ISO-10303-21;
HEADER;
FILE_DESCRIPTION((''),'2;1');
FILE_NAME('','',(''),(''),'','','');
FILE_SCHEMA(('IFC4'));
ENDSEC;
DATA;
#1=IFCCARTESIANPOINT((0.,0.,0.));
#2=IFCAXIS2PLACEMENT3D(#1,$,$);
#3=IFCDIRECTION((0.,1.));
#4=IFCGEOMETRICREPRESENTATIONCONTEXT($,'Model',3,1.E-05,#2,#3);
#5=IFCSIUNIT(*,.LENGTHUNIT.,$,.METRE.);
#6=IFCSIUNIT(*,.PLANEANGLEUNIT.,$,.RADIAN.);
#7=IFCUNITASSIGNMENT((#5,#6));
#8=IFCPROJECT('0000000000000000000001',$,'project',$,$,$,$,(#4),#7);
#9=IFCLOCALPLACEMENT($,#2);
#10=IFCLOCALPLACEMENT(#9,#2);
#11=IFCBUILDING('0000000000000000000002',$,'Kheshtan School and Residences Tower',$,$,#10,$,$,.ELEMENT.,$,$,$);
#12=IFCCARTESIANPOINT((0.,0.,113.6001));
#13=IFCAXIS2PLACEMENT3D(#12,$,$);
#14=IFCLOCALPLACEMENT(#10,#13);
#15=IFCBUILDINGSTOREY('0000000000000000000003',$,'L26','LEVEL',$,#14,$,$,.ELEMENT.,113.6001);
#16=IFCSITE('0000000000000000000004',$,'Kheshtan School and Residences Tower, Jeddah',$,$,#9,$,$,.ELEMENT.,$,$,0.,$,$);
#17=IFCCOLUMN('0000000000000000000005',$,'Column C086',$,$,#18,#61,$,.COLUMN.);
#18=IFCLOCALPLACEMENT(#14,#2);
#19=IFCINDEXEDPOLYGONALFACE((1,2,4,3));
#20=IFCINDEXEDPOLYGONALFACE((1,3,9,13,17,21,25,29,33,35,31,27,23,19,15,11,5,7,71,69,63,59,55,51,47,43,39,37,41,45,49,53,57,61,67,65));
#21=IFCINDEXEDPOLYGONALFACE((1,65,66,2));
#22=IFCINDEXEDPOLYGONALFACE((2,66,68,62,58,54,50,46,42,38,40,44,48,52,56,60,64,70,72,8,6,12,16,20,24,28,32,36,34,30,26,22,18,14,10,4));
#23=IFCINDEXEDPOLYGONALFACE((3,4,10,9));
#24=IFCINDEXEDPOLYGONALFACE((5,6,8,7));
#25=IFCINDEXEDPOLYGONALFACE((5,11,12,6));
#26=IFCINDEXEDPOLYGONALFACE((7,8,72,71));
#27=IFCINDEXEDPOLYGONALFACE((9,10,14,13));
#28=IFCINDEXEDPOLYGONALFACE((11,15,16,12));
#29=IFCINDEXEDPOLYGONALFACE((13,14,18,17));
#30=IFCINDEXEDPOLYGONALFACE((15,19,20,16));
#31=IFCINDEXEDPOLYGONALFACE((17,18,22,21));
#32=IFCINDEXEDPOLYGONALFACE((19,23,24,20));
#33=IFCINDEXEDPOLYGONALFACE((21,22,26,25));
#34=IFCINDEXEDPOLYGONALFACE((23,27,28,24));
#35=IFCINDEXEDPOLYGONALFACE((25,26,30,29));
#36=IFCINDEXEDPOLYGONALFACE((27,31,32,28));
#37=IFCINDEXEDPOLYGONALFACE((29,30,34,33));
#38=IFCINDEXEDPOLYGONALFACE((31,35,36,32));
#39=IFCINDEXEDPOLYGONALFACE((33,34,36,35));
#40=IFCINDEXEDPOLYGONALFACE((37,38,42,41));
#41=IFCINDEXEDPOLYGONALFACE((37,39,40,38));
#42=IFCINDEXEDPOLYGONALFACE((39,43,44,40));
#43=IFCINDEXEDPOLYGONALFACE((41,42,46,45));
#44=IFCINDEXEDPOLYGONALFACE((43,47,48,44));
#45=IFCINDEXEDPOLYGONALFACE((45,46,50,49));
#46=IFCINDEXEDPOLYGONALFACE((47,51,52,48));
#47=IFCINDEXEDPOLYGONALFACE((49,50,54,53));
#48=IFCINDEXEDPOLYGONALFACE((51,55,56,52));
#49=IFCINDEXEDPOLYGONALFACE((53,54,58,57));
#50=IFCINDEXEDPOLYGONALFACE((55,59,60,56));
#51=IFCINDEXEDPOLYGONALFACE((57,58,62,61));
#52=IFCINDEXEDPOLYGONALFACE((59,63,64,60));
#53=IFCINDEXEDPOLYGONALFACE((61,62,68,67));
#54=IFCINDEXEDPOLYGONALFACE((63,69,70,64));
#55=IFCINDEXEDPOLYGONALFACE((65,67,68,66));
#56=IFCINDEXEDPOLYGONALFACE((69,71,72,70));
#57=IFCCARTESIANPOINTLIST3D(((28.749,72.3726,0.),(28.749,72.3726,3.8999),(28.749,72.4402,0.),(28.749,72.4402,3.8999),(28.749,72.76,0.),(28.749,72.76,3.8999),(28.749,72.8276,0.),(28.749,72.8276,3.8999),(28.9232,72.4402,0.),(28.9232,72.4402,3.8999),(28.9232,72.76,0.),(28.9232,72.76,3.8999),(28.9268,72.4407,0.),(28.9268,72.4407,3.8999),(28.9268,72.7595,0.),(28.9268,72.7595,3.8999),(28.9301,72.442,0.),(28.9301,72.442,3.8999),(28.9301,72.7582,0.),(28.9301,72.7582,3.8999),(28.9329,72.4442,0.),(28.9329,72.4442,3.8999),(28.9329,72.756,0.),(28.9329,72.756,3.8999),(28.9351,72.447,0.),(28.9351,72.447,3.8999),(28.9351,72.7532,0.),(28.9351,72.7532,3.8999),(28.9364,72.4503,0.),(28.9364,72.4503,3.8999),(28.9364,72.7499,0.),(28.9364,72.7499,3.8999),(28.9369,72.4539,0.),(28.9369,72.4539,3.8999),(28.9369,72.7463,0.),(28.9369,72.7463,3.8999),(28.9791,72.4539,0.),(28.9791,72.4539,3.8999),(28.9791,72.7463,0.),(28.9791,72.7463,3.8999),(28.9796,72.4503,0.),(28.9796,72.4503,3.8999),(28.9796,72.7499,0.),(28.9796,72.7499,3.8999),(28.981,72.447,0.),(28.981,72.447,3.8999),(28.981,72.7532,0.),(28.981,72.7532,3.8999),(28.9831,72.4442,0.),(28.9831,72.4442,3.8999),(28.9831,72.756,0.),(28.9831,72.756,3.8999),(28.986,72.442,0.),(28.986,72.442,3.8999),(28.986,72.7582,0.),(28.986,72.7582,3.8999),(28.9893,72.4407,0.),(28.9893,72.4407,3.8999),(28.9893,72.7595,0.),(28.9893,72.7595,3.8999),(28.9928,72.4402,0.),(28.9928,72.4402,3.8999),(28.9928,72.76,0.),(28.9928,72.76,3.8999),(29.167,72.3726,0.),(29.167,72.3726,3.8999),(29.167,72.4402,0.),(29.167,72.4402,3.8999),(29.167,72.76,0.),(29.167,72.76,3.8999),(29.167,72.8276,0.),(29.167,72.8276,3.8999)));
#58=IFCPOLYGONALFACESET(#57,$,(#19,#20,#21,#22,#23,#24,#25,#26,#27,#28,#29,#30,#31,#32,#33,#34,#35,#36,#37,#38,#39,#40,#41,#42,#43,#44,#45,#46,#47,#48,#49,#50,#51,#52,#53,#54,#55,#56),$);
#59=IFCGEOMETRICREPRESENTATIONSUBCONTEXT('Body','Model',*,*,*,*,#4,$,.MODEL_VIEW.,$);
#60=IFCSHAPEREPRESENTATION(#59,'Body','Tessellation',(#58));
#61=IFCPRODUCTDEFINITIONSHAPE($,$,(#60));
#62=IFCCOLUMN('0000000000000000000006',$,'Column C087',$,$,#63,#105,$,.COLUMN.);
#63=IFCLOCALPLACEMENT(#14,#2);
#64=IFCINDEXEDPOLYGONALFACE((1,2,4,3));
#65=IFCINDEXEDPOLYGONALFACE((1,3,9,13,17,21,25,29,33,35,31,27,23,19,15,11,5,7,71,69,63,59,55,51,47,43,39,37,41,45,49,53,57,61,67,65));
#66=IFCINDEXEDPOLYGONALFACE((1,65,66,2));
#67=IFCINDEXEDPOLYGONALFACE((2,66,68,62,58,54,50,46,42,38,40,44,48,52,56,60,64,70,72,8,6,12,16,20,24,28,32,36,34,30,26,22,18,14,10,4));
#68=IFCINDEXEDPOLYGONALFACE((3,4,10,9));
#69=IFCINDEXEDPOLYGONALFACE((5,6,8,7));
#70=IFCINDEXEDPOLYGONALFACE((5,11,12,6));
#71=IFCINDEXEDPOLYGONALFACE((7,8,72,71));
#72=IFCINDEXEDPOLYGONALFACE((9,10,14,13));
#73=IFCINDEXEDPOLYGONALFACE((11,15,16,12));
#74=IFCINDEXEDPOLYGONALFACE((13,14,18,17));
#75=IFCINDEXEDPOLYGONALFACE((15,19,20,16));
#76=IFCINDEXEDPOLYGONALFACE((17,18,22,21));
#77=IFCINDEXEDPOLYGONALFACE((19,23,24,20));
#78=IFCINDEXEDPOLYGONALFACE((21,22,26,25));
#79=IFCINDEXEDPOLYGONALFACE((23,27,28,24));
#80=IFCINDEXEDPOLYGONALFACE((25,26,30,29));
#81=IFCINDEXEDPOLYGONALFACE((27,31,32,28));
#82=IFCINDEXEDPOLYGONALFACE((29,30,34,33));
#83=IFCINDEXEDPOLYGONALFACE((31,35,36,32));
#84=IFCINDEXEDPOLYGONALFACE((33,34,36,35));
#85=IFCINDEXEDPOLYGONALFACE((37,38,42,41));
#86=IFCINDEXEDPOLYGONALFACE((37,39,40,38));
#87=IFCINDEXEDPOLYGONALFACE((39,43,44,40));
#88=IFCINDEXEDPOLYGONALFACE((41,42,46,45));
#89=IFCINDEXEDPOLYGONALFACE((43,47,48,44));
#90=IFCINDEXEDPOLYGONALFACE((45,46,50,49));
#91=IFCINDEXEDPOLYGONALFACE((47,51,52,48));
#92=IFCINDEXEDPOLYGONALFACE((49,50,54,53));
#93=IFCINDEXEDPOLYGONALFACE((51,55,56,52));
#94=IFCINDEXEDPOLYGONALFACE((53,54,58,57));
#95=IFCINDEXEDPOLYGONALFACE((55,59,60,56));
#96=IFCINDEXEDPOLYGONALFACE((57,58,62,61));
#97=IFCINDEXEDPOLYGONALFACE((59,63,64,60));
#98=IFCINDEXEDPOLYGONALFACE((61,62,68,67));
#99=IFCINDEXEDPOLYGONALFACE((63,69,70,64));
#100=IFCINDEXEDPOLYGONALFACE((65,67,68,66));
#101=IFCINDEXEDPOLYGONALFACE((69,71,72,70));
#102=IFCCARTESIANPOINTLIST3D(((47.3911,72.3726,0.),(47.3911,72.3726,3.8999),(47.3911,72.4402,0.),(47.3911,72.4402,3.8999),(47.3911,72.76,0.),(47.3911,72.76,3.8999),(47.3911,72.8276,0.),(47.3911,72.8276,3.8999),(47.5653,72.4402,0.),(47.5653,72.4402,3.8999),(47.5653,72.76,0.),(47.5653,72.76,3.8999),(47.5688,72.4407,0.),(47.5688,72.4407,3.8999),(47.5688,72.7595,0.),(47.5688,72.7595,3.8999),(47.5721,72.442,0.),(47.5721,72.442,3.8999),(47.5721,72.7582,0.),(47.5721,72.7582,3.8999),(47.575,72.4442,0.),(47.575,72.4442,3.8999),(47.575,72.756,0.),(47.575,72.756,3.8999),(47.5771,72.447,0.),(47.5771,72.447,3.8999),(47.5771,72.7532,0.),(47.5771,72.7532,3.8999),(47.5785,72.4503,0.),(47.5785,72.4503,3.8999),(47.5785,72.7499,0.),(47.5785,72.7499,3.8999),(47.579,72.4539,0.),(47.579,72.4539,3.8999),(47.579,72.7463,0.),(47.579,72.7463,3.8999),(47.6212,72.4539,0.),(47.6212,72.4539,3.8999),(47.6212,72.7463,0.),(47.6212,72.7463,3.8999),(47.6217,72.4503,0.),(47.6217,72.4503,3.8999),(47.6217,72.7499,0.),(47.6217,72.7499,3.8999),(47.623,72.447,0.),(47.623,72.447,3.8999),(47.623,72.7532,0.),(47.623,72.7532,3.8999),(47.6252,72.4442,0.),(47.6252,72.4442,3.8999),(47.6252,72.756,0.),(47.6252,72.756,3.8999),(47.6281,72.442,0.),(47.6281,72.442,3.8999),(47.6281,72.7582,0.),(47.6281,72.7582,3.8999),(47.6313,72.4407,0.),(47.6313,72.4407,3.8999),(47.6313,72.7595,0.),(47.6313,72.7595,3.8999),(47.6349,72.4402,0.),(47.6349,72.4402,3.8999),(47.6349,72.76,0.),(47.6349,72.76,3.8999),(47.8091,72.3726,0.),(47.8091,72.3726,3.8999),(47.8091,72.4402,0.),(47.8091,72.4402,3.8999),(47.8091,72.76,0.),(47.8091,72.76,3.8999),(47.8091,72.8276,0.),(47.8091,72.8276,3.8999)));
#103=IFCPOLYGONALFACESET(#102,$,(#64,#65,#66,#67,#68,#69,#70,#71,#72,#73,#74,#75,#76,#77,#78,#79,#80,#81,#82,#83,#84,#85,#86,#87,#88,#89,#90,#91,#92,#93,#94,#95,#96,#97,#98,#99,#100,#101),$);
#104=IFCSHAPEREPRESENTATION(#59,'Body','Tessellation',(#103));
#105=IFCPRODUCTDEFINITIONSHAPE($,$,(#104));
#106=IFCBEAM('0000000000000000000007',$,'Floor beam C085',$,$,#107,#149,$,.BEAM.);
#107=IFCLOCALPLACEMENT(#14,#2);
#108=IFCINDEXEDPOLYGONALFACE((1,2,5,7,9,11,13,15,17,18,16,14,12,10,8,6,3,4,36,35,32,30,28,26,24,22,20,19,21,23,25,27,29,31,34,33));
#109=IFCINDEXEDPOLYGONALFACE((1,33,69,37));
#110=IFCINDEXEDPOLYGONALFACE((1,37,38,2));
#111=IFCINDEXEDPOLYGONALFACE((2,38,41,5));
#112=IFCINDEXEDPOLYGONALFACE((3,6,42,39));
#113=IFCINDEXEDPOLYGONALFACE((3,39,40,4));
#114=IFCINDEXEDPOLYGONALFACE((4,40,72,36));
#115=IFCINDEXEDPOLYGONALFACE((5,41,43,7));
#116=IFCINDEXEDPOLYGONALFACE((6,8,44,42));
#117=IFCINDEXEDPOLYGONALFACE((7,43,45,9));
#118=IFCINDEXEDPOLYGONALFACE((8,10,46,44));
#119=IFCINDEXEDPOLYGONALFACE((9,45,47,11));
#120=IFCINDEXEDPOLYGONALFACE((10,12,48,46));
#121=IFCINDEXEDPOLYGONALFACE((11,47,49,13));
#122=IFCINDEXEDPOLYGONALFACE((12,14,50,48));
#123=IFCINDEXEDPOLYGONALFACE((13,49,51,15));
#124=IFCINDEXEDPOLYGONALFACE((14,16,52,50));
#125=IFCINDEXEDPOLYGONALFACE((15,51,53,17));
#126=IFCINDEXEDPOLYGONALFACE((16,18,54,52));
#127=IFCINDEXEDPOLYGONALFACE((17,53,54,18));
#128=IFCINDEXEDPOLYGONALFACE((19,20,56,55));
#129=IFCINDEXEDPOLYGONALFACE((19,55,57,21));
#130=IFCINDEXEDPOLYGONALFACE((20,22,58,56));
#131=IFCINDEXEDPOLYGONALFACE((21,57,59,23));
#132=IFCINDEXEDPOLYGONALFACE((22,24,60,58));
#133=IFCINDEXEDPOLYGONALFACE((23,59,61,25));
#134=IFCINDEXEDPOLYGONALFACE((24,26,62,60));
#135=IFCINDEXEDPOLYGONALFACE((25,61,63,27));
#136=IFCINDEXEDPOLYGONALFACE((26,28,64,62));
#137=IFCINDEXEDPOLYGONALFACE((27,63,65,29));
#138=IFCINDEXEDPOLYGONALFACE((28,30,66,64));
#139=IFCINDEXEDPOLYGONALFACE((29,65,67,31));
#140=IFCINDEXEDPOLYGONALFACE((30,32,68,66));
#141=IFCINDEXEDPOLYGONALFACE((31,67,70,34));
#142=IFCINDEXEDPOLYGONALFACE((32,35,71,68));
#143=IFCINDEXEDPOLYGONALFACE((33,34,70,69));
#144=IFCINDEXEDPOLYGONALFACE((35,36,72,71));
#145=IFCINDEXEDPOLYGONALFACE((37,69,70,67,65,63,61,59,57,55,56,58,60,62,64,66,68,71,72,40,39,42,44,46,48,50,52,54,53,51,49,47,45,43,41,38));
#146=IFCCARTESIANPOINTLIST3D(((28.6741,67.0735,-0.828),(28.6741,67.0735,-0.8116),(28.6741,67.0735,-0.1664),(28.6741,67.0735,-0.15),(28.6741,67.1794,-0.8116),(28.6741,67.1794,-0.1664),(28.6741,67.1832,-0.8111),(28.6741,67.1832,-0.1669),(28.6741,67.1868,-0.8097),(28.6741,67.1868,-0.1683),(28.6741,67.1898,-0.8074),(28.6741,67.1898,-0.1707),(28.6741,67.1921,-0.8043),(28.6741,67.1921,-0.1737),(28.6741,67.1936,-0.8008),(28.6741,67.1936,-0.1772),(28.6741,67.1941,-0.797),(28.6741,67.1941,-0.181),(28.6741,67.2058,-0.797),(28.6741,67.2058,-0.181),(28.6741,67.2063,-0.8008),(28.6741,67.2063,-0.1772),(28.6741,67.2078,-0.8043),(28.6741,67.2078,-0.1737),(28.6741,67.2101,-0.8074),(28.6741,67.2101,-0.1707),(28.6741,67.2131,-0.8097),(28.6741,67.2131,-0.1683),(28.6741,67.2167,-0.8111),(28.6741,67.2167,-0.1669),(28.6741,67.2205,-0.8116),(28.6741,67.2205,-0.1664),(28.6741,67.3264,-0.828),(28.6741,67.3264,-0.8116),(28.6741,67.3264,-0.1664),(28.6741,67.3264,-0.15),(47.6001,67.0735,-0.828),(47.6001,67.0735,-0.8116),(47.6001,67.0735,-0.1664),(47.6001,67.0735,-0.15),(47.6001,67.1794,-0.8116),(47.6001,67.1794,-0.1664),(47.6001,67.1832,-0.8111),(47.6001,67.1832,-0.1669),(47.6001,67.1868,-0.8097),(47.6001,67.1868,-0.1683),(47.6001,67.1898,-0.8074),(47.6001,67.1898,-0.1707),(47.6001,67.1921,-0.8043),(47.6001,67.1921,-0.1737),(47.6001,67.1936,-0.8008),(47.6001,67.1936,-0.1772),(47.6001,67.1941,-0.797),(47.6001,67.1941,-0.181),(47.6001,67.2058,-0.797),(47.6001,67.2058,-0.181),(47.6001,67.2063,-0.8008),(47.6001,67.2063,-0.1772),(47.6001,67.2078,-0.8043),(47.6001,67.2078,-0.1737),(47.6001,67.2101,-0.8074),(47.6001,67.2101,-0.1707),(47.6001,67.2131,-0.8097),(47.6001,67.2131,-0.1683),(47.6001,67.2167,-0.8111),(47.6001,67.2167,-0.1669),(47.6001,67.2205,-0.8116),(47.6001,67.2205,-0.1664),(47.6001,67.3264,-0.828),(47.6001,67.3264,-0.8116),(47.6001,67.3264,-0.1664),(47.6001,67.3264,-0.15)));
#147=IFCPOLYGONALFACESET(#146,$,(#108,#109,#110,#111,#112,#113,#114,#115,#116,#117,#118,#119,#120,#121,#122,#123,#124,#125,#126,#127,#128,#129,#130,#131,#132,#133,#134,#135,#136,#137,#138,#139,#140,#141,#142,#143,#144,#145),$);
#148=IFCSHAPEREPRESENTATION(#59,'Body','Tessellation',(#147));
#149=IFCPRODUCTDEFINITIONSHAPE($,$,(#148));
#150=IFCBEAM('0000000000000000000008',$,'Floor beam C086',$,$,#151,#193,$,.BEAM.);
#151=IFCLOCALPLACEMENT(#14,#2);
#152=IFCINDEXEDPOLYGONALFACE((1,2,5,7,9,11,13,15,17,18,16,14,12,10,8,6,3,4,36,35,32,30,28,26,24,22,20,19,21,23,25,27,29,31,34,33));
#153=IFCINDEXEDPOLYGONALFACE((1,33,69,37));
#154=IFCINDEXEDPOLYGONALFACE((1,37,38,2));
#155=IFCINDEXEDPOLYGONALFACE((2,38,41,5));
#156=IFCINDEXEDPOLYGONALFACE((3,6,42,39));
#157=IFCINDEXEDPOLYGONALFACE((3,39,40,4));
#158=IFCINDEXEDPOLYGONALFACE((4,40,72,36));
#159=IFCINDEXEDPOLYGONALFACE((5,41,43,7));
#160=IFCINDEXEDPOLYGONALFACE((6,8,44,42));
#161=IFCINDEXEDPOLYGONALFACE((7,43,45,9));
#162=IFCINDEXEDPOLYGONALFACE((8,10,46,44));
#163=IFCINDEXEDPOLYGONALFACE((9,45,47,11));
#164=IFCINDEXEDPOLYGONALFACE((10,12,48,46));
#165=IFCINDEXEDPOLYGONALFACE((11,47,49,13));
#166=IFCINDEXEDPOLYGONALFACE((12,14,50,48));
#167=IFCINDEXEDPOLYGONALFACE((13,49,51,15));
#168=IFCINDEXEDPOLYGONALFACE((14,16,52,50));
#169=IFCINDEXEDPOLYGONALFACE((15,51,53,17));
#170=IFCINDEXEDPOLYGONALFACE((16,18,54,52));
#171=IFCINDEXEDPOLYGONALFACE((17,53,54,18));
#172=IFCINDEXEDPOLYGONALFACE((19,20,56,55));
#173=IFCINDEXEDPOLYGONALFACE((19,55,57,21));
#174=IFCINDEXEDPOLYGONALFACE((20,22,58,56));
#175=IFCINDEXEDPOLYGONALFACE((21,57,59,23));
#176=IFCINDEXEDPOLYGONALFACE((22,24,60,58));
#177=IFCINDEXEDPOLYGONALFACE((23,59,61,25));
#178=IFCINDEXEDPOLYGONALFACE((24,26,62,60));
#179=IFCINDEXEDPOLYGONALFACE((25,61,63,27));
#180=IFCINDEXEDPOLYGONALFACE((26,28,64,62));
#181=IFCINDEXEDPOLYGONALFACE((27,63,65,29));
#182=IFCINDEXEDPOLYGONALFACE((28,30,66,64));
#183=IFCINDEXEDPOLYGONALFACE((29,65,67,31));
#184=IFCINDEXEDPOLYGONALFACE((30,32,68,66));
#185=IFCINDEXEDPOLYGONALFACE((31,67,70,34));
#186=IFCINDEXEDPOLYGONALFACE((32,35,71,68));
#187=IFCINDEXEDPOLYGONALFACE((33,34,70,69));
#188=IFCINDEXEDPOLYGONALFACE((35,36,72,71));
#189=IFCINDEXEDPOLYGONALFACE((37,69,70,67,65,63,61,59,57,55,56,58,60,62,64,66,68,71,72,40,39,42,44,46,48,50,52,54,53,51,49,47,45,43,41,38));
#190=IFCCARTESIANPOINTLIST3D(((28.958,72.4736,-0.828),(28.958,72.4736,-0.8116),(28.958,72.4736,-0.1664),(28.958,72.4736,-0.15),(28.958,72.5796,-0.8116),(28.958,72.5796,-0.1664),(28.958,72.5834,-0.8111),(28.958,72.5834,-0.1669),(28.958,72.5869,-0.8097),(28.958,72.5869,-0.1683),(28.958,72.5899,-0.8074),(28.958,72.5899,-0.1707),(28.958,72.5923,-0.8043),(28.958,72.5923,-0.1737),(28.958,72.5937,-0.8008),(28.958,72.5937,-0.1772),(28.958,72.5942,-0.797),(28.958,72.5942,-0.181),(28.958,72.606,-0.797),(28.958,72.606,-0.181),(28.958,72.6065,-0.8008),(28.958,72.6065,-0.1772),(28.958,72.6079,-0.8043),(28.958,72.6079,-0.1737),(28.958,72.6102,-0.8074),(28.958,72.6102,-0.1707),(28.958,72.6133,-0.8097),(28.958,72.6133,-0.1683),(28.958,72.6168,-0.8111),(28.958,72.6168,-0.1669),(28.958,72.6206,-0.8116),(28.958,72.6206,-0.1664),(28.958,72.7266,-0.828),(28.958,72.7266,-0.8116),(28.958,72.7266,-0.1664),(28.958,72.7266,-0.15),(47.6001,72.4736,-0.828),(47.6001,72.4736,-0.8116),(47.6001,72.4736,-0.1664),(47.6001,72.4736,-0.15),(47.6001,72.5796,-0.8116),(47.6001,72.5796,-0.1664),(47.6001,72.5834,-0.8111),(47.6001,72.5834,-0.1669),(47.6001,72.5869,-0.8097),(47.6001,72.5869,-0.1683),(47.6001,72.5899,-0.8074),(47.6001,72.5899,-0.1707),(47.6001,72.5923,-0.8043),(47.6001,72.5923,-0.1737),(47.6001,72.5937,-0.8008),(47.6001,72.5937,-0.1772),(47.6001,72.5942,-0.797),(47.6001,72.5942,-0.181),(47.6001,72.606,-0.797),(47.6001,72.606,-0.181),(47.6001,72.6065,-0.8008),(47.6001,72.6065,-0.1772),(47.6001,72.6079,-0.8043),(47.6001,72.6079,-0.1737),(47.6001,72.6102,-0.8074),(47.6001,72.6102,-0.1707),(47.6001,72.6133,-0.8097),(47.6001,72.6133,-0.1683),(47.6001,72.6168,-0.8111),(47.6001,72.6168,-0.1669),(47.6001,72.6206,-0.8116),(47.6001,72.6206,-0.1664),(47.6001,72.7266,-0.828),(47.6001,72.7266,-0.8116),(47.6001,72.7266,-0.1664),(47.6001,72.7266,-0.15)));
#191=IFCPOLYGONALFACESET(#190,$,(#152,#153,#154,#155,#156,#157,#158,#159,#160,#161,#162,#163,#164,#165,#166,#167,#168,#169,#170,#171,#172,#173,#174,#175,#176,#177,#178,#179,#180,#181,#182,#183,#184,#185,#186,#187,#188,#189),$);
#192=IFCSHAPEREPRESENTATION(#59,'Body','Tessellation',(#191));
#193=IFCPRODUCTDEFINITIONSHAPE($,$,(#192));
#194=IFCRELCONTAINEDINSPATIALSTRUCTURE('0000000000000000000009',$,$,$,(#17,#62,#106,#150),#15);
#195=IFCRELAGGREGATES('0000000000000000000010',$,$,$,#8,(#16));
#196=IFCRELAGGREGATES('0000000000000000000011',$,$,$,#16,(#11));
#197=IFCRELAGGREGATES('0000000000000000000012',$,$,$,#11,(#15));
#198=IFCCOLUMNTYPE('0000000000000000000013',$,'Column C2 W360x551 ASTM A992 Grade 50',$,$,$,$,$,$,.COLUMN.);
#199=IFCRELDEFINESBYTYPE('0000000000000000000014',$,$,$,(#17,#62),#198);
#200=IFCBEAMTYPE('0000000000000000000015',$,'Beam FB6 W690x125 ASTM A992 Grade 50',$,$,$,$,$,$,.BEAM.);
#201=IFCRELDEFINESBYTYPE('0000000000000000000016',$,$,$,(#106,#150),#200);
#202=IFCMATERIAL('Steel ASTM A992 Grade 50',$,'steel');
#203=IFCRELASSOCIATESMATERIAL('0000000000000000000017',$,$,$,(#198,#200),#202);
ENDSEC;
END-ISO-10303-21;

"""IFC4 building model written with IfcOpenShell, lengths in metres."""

from ifc_helpers import new_model, si_unit, direction, frame, origin, origin_2d, place, context, subcontext, project, spatial, i_section, extrude, material, material_profile, profile_set, type_object, element, save


model = new_model("IFC4")

# Units and contexts
model_context = context("Model", 3, precision=1e-05, world=origin(), true_north=direction((0.0, 1.0)))
body_context = subcontext(model_context, "Body", "Model", "MODEL_VIEW")
ifc_project = project(units=[si_unit("LENGTHUNIT", "METRE"), si_unit("PLANEANGLEUNIT", "RADIAN")], contexts=[model_context])

# Site, building, storey
site_placement = place(None, origin())
site = spatial("IfcSite", under=ifc_project, at=site_placement, Name="Kheshtan School and Residences Tower, Jeddah", CompositionType="ELEMENT", RefElevation=0.0)
building_placement = place(site_placement, origin())
building = spatial("IfcBuilding", under=site, at=building_placement, Name="Kheshtan School and Residences Tower", CompositionType="ELEMENT")
storey_placement = place(building_placement, frame((0.0, 0.0, 113.6001)))
storey = spatial("IfcBuildingStorey", under=building, at=storey_placement, Name="L26", Description="LEVEL", CompositionType="ELEMENT", Elevation=113.6001)

# Columns
ifc_material_1 = material(Name="Steel ASTM A992 Grade 50", Category="steel")
ifc_material_profile_1 = material_profile(ifc_material_1, i_section(OverallWidth=0.418, OverallDepth=0.4551, WebThickness=0.0422, FlangeThickness=0.0676, FilletRadius=0.0137, at=origin_2d()), Name="W360x551")
ifc_profile_set_1 = profile_set([ifc_material_profile_1], Name="Steel ASTM A992 Grade 50")
column_type = type_object("IfcColumnType", Name="Column C2 W360x551 ASTM A992 Grade 50", PredefinedType="COLUMN", material=ifc_profile_set_1)
for number, where, z_axis, x_axis, name in (
    (1, (28.958, 72.6001, 0.0), (0.0, 0.0, 1.0), (1.0, 0.0, 0.0), "Column C086"),
    (2, (47.6001, 72.6001, 0.0), (0.0, 0.0, 1.0), (1.0, 0.0, 0.0), "Column C087"),
):
    element("IfcColumn", number, at=place(storey_placement, frame(where, z_axis=z_axis, x_axis=x_axis)), inside=storey, type_object=column_type, Name=name, PredefinedType="COLUMN", context=body_context, shape_type="SweptSolid", body=[
        extrude(i_section(OverallWidth=0.418, OverallDepth=0.4551, WebThickness=0.0422, FlangeThickness=0.0676, FilletRadius=0.0137, at=origin_2d()), origin(), (0.0, 0.0, 1.0), 3.8999),
    ])

# Beams
ifc_material_profile_2 = material_profile(ifc_material_1, i_section(OverallWidth=0.2529, OverallDepth=0.678, WebThickness=0.0117, FlangeThickness=0.0164, FilletRadius=0.0146, at=origin_2d()), Name="W690x125")
ifc_profile_set_2 = profile_set([ifc_material_profile_2], Name="Steel ASTM A992 Grade 50")
beam_type_1 = type_object("IfcBeamType", Name="Beam FB6 W690x125 ASTM A992 Grade 50", PredefinedType="BEAM", material=ifc_profile_set_2)
beam_1_placement = place(storey_placement, frame((47.6001, 67.2, -0.489), z_axis=(-1.0, 0.0, 0.0), x_axis=(0.0, -1.0, 0.0)))
element("IfcBeam", 3, at=beam_1_placement, inside=storey, type_object=beam_type_1, Name="Floor beam C085", PredefinedType="BEAM", context=body_context, shape_type="SweptSolid", body=[
    extrude(i_section(OverallWidth=0.2529, OverallDepth=0.678, WebThickness=0.0117, FlangeThickness=0.0164, FilletRadius=0.0146, at=origin_2d()), origin(), (0.0, 0.0, 1.0), 18.926),
])
beam_2_placement = place(storey_placement, frame((28.958, 72.6001, -0.489), z_axis=(1.0, 0.0, 0.0), x_axis=(0.0, 1.0, 0.0)))
element("IfcBeam", 4, at=beam_2_placement, inside=storey, type_object=beam_type_1, Name="Floor beam C086", PredefinedType="BEAM", context=body_context, shape_type="SweptSolid", body=[
    extrude(i_section(OverallWidth=0.2529, OverallDepth=0.678, WebThickness=0.0117, FlangeThickness=0.0164, FilletRadius=0.0146, at=origin_2d()), origin(), (0.0, 0.0, 1.0), 18.6421),
])

save(model, "model.ifc")
